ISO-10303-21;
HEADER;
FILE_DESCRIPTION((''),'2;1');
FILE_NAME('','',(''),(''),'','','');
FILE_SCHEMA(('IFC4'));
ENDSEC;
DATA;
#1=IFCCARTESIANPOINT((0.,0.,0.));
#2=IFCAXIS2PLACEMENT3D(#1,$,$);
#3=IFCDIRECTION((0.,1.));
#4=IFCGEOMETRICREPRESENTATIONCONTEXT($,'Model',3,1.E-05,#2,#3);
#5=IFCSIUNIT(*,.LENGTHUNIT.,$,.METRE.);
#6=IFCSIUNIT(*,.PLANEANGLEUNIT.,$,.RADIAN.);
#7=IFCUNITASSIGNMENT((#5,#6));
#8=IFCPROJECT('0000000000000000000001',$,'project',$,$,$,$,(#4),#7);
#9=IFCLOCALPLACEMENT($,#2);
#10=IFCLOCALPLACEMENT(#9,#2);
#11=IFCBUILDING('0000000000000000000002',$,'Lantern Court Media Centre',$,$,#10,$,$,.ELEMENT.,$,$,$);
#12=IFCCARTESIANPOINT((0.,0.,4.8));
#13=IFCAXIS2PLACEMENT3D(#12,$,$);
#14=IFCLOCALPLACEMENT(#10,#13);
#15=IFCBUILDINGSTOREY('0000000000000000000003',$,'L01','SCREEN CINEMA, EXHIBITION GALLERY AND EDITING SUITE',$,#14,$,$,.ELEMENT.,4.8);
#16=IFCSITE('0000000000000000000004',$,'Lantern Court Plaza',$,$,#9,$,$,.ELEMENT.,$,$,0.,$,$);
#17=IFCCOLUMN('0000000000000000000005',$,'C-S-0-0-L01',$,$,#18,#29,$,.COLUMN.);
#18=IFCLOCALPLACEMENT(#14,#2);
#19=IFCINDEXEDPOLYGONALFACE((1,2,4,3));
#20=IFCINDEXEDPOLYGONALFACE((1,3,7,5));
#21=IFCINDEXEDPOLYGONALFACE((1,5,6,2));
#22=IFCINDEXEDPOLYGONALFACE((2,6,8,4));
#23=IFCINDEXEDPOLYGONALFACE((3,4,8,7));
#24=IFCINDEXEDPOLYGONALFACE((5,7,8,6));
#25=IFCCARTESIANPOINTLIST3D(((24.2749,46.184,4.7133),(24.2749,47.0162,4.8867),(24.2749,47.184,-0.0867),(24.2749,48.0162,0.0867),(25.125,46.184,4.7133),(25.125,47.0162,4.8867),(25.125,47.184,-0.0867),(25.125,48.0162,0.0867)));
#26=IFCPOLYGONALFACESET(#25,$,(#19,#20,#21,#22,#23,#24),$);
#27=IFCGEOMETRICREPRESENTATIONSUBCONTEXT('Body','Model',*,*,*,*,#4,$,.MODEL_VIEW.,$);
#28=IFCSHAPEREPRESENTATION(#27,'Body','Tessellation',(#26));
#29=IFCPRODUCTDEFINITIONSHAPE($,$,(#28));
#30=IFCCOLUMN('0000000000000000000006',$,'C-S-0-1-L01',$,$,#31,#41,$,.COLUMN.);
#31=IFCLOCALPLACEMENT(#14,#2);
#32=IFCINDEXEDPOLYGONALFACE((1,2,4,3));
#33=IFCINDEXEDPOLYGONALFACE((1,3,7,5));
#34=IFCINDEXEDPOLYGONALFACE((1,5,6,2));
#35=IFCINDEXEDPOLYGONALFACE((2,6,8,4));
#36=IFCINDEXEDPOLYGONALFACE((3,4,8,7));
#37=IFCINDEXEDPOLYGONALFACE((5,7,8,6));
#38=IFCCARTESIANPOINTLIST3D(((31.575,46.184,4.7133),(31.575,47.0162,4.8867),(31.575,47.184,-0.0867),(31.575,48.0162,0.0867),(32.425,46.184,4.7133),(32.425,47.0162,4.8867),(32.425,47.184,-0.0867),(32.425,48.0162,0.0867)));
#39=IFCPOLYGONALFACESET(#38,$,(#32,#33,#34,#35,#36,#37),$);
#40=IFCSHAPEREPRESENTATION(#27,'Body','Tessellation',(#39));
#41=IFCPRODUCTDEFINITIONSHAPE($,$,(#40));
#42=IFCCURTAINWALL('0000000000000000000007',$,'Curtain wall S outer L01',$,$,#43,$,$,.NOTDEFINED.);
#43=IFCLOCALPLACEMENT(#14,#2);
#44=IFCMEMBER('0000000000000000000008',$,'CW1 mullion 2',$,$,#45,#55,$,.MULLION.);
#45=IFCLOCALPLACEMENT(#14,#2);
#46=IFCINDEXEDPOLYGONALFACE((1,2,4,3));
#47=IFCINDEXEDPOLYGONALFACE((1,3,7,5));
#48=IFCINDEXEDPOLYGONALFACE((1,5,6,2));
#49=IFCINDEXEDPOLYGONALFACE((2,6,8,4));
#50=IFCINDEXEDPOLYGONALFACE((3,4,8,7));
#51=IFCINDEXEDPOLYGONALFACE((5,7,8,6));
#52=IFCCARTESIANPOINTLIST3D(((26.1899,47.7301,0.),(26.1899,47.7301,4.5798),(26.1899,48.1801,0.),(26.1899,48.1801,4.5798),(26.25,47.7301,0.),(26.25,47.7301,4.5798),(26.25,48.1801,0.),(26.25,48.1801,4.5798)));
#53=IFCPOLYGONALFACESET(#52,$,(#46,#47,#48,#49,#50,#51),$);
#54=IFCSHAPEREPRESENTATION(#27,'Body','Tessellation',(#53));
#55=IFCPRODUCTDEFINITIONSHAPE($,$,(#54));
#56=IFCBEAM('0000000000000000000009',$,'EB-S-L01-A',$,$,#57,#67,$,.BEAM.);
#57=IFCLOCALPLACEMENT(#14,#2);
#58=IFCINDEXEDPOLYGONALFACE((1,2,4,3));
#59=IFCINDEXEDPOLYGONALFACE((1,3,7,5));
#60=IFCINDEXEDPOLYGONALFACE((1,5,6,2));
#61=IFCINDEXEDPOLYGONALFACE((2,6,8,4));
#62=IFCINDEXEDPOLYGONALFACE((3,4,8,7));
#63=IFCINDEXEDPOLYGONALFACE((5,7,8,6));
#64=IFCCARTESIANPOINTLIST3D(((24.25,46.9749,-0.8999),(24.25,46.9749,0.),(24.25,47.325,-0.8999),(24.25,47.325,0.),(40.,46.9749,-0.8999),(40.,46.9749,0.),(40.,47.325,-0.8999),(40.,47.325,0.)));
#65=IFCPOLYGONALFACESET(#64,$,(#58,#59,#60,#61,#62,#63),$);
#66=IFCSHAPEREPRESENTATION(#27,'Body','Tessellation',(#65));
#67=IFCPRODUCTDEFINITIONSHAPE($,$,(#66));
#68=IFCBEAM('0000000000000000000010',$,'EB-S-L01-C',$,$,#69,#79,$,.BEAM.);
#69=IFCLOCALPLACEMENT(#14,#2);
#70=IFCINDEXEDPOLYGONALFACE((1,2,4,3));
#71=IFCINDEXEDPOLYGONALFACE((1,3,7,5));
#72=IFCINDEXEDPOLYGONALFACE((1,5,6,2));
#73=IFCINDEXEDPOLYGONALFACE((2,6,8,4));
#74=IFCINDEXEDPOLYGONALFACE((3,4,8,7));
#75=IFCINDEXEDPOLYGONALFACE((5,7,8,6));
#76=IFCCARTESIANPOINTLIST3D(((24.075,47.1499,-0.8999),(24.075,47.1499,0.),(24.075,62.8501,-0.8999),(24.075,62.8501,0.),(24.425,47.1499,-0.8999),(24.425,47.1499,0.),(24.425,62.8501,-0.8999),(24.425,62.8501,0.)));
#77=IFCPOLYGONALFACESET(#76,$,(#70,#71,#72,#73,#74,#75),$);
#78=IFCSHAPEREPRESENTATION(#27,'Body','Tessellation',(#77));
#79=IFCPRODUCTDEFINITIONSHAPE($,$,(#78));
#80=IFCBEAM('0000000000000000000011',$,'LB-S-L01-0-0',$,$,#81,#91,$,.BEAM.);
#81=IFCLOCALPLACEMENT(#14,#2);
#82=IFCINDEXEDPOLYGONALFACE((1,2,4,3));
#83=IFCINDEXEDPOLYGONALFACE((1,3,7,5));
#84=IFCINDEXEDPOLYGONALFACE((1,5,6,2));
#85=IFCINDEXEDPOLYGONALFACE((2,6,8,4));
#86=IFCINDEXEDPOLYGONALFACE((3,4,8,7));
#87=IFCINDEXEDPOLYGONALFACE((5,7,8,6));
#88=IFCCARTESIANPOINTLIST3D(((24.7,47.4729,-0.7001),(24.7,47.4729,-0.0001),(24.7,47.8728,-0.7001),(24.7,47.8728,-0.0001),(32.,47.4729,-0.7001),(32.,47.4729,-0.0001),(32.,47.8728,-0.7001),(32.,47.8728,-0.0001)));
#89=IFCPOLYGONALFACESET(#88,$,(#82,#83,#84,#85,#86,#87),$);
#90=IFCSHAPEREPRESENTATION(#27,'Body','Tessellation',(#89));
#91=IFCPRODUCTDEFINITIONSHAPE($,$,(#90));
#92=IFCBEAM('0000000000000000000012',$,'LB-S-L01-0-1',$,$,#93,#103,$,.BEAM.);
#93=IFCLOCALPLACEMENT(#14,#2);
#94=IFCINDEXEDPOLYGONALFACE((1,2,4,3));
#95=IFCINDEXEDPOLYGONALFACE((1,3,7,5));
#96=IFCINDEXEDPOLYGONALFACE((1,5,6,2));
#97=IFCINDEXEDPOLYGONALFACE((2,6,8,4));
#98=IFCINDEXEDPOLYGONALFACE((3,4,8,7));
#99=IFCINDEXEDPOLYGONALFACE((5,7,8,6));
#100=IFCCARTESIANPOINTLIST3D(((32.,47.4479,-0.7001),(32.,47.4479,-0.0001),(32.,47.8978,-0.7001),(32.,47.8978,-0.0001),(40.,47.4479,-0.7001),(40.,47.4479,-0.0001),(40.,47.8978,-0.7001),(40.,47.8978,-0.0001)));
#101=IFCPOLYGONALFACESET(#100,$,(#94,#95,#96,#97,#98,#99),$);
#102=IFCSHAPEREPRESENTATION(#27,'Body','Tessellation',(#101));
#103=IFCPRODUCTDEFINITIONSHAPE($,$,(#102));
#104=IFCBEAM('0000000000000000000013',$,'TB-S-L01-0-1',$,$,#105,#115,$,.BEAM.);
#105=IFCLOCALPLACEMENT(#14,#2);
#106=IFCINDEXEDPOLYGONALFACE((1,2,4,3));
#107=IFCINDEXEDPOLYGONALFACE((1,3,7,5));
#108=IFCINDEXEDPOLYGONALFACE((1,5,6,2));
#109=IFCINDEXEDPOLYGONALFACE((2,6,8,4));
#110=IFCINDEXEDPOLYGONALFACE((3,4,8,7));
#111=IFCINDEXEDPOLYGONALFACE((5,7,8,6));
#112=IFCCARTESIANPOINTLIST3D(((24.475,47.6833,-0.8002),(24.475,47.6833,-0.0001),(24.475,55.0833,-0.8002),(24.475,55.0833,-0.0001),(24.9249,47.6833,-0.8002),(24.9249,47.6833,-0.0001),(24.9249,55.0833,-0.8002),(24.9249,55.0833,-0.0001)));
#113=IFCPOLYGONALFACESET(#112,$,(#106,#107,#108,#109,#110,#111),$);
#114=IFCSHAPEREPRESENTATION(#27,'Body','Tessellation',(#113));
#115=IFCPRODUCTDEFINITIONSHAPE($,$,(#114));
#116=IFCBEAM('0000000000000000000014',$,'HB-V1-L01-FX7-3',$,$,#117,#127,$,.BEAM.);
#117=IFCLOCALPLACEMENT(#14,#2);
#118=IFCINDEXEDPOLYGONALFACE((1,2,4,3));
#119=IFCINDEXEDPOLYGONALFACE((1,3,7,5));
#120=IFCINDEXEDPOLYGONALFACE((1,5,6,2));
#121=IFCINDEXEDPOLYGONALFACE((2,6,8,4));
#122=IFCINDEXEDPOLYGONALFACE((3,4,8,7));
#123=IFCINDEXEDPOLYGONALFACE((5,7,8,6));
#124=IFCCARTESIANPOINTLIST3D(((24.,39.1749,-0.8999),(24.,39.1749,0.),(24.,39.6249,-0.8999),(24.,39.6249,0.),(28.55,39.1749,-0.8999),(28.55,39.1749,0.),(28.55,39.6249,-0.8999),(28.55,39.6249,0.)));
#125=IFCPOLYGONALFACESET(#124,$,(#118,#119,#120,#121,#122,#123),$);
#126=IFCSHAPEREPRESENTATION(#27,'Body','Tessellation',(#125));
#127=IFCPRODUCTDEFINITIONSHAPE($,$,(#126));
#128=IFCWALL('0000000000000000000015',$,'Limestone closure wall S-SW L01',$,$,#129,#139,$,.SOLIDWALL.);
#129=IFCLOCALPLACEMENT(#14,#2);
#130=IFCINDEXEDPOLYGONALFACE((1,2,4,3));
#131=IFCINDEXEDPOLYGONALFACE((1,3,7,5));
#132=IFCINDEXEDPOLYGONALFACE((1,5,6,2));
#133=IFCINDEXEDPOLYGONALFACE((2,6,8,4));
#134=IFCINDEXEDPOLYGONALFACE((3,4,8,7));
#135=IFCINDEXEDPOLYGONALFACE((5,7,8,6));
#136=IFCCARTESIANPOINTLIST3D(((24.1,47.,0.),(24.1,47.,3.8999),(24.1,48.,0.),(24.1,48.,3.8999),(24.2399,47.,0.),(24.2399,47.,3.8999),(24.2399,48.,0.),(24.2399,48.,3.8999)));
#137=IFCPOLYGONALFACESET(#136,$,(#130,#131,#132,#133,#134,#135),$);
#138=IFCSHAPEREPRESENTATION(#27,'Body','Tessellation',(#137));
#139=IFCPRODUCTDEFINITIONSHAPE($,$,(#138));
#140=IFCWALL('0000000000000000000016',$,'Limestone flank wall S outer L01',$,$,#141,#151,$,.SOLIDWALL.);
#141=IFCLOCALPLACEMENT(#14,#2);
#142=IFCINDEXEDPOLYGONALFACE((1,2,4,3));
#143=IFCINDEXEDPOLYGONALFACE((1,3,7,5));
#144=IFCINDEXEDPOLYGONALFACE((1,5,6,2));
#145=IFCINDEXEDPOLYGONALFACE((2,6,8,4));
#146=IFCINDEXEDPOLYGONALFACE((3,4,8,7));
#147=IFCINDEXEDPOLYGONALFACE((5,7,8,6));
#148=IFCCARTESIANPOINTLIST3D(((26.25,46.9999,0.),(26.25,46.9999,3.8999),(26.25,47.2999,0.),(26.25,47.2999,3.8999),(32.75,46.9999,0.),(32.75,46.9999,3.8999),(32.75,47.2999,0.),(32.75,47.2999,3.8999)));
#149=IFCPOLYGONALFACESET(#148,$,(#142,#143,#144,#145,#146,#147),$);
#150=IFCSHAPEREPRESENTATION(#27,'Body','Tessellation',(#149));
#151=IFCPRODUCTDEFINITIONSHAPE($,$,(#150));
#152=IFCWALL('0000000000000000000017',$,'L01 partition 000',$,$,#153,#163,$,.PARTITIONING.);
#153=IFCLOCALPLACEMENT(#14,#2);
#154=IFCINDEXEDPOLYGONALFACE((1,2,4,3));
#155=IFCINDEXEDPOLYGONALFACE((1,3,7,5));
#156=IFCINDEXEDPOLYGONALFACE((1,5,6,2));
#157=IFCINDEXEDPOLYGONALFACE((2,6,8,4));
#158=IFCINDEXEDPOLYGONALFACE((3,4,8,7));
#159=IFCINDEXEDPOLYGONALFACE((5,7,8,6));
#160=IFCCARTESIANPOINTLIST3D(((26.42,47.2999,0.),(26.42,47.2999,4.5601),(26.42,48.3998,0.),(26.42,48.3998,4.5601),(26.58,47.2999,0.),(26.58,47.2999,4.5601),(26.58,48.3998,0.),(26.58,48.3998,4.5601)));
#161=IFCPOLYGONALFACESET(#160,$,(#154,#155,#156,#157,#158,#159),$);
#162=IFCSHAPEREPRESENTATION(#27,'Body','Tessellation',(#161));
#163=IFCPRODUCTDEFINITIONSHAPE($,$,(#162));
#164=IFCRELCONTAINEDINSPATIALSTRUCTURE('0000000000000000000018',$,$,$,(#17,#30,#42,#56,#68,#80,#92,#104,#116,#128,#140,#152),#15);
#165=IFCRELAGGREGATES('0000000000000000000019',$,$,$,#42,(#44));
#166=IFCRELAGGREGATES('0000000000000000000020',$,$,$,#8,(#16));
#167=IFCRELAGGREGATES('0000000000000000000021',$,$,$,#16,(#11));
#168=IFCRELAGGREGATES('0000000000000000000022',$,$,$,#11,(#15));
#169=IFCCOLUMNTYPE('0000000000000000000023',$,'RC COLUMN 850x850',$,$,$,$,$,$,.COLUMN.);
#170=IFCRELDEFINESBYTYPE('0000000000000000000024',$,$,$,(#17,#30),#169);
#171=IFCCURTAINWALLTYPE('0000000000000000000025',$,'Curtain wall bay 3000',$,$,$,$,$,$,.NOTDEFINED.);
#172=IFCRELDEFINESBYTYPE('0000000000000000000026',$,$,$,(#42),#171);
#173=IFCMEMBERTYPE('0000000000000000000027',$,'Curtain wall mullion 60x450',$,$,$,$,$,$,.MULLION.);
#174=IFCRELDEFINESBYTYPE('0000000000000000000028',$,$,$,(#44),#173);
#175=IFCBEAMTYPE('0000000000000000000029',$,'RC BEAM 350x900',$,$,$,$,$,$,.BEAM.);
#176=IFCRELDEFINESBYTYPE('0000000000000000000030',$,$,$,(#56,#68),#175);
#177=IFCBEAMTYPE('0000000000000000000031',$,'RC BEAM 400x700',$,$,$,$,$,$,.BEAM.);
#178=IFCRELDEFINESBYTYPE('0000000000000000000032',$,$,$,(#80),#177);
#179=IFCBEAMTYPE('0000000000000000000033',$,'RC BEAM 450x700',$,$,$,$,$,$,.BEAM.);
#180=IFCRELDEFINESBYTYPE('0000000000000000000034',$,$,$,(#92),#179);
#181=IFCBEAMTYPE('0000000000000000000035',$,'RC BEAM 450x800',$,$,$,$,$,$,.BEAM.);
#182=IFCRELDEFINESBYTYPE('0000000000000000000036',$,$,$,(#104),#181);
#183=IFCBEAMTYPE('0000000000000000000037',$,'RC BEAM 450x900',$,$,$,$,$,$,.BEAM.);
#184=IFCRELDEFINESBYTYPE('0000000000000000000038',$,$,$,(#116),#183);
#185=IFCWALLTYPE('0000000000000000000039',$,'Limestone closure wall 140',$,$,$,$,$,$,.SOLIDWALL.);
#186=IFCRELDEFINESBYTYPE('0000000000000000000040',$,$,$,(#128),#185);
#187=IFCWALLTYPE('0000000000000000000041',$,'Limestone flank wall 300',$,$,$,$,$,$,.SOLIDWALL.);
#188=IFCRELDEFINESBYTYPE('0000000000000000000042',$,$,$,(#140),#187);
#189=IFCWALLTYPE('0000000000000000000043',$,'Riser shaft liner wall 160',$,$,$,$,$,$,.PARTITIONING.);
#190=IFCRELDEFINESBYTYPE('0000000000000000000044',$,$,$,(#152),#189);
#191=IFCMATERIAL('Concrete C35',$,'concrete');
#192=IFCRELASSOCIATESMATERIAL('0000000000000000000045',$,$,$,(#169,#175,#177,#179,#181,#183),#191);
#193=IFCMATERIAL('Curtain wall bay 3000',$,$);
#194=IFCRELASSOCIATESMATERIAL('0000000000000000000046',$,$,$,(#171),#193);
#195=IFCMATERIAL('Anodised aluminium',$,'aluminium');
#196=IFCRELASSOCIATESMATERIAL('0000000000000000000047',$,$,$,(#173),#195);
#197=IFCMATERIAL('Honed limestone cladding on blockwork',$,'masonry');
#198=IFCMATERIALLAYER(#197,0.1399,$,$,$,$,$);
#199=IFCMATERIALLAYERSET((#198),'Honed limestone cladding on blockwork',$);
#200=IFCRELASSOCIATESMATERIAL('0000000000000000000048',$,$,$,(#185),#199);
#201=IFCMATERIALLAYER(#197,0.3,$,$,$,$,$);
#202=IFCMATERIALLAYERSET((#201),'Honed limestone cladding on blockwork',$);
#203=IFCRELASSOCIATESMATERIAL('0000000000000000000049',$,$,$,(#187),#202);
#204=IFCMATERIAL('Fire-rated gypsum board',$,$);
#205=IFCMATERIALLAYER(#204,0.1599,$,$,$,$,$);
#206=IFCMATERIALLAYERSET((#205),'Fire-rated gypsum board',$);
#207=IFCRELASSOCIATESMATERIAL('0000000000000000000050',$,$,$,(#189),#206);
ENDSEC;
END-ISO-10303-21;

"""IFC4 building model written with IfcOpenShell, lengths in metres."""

from ifc_helpers import new_model, si_unit, direction, frame, frame_2d, origin, origin_2d, place, context, subcontext, project, spatial, rectangle, extrude, material, layer, layer_set, material_profile, profile_set, type_object, element, aggregate, save


model = new_model("IFC4")

# Units and contexts
model_context = context("Model", 3, precision=1e-05, world=origin(), true_north=direction((0.0, 1.0)))
body_context = subcontext(model_context, "Body", "Model", "MODEL_VIEW")
ifc_project = project(units=[si_unit("LENGTHUNIT", "METRE"), si_unit("PLANEANGLEUNIT", "RADIAN")], contexts=[model_context])

# Site, building, storey
site_placement = place(None, origin())
site = spatial("IfcSite", under=ifc_project, at=site_placement, Name="Lantern Court Plaza", CompositionType="ELEMENT", RefElevation=0.0)
building_placement = place(site_placement, origin())
building = spatial("IfcBuilding", under=site, at=building_placement, Name="Lantern Court Media Centre", CompositionType="ELEMENT")
storey_placement = place(building_placement, frame((0.0, 0.0, 4.8)))
storey = spatial("IfcBuildingStorey", under=building, at=storey_placement, Name="L01", Description="SCREEN CINEMA, EXHIBITION GALLERY AND EDITING SUITE", CompositionType="ELEMENT", Elevation=4.8)

# Columns
ifc_material_1 = material(Name="Concrete C35", Category="concrete")
ifc_material_profile_1 = material_profile(ifc_material_1, rectangle(XDim=0.8501, YDim=0.8501, at=origin_2d()), Name="RC 850x850")
ifc_profile_set_1 = profile_set([ifc_material_profile_1], Name="Concrete C35")
column_type = type_object("IfcColumnType", Name="RC COLUMN 850x850", PredefinedType="COLUMN", material=ifc_profile_set_1)
for number, where, z_axis, x_axis, name in (
    (1, (24.7, 47.6001, 0.0), (0.0, -0.203952, 0.978981), (1.0, 0.0, 0.0), "C-S-0-0-L01"),
    (2, (32.0, 47.6001, 0.0), (0.0, -0.203952, 0.978981), (1.0, 0.0, 0.0), "C-S-0-1-L01"),
):
    element("IfcColumn", number, at=place(storey_placement, frame(where, z_axis=z_axis, x_axis=x_axis)), inside=storey, type_object=column_type, Name=name, PredefinedType="COLUMN", context=body_context, shape_type="SweptSolid", body=[
        extrude(rectangle(XDim=0.8501, YDim=0.8501, at=origin_2d()), origin(), (0.0, 0.0, 1.0), 4.9031),
    ])

# Curtain wall, member
ifc_material_2 = material(Name="Curtain wall bay 3000")
curtain_wall_type = type_object("IfcCurtainWallType", Name="Curtain wall bay 3000", PredefinedType="NOTDEFINED", material=ifc_material_2)
curtain_wall_placement = place(storey_placement, origin())
curtain_wall = element("IfcCurtainWall", 3, at=curtain_wall_placement, inside=storey, type_object=curtain_wall_type, Name="Curtain wall S outer L01", PredefinedType="NOTDEFINED")
ifc_material_3 = material(Name="Anodised aluminium", Category="aluminium")
ifc_material_profile_2 = material_profile(ifc_material_3, rectangle(XDim=0.45, YDim=0.0601, at=origin_2d()), Name="AL 60x450")
ifc_profile_set_2 = profile_set([ifc_material_profile_2], Name="Anodised aluminium")
member_type = type_object("IfcMemberType", Name="Curtain wall mullion 60x450", PredefinedType="MULLION", material=ifc_profile_set_2)
member_placement = place(storey_placement, frame((26.22, 47.9551, 0.0), z_axis=(0.0, 0.0, 1.0), x_axis=(0.0, 1.0, 0.0)))
member = element("IfcMember", 4, at=member_placement, type_object=member_type, Name="CW1 mullion 2", PredefinedType="MULLION", context=body_context, shape_type="SweptSolid", body=[
    extrude(rectangle(XDim=0.45, YDim=0.0601, at=origin_2d()), origin(), (0.0, 0.0, 1.0), 4.5798),
])
aggregate(curtain_wall, [member])

# Beams
ifc_material_profile_3 = material_profile(ifc_material_1, rectangle(XDim=0.3501, YDim=0.8999, at=origin_2d()), Name="RC 350x900")
ifc_profile_set_3 = profile_set([ifc_material_profile_3], Name="Concrete C35")
beam_type_1 = type_object("IfcBeamType", Name="RC BEAM 350x900", PredefinedType="BEAM", material=ifc_profile_set_3)
beam_1_placement = place(storey_placement, frame((24.25, 47.1499, -0.45), z_axis=(1.0, 0.0, 0.0), x_axis=(0.0, 1.0, 0.0)))
element("IfcBeam", 5, at=beam_1_placement, inside=storey, type_object=beam_type_1, Name="EB-S-L01-A", PredefinedType="BEAM", context=body_context, shape_type="SweptSolid", body=[
    extrude(rectangle(XDim=0.3501, YDim=0.8999, at=origin_2d()), origin(), (0.0, 0.0, 1.0), 15.75),
])
beam_2_placement = place(storey_placement, frame((24.25, 47.1499, -0.45), z_axis=(0.0, 1.0, 0.0), x_axis=(-1.0, 0.0, 0.0)))
element("IfcBeam", 6, at=beam_2_placement, inside=storey, type_object=beam_type_1, Name="EB-S-L01-C", PredefinedType="BEAM", context=body_context, shape_type="SweptSolid", body=[
    extrude(rectangle(XDim=0.3501, YDim=0.8999, at=origin_2d()), origin(), (0.0, 0.0, 1.0), 15.7002),
])
ifc_material_profile_4 = material_profile(ifc_material_1, rectangle(XDim=0.3999, YDim=0.7, at=origin_2d()), Name="RC 400x700")
ifc_profile_set_4 = profile_set([ifc_material_profile_4], Name="Concrete C35")
beam_type_2 = type_object("IfcBeamType", Name="RC BEAM 400x700", PredefinedType="BEAM", material=ifc_profile_set_4)
beam_3_placement = place(storey_placement, frame((24.7, 47.6729, -0.3501), z_axis=(1.0, 0.0, 0.0), x_axis=(0.0, 1.0, 0.0)))
element("IfcBeam", 7, at=beam_3_placement, inside=storey, type_object=beam_type_2, Name="LB-S-L01-0-0", PredefinedType="BEAM", context=body_context, shape_type="SweptSolid", body=[
    extrude(rectangle(XDim=0.3999, YDim=0.7, at=origin_2d()), origin(), (0.0, 0.0, 1.0), 7.3),
])
ifc_material_profile_5 = material_profile(ifc_material_1, rectangle(XDim=0.45, YDim=0.7, at=origin_2d()), Name="RC 450x700")
ifc_profile_set_5 = profile_set([ifc_material_profile_5], Name="Concrete C35")
beam_type_3 = type_object("IfcBeamType", Name="RC BEAM 450x700", PredefinedType="BEAM", material=ifc_profile_set_5)
beam_4_placement = place(storey_placement, frame((32.0, 47.6729, -0.3501), z_axis=(1.0, 0.0, 0.0), x_axis=(0.0, 1.0, 0.0)))
element("IfcBeam", 8, at=beam_4_placement, inside=storey, type_object=beam_type_3, Name="LB-S-L01-0-1", PredefinedType="BEAM", context=body_context, shape_type="SweptSolid", body=[
    extrude(rectangle(XDim=0.45, YDim=0.7, at=origin_2d()), origin(), (0.0, 0.0, 1.0), 8.0),
])
ifc_material_profile_6 = material_profile(ifc_material_1, rectangle(XDim=0.45, YDim=0.8, at=origin_2d()), Name="RC 450x800")
ifc_profile_set_6 = profile_set([ifc_material_profile_6], Name="Concrete C35")
beam_type_4 = type_object("IfcBeamType", Name="RC BEAM 450x800", PredefinedType="BEAM", material=ifc_profile_set_6)
beam_5_placement = place(storey_placement, frame((24.7, 47.6833, -0.4001), z_axis=(0.0, 1.0, 0.0), x_axis=(-1.0, 0.0, 0.0)))
element("IfcBeam", 9, at=beam_5_placement, inside=storey, type_object=beam_type_4, Name="TB-S-L01-0-1", PredefinedType="BEAM", context=body_context, shape_type="SweptSolid", body=[
    extrude(rectangle(XDim=0.45, YDim=0.8, at=origin_2d()), origin(), (0.0, 0.0, 1.0), 7.3999),
])
ifc_material_profile_7 = material_profile(ifc_material_1, rectangle(XDim=0.45, YDim=0.8999, at=origin_2d()), Name="RC 450x900")
ifc_profile_set_7 = profile_set([ifc_material_profile_7], Name="Concrete C35")
beam_type_5 = type_object("IfcBeamType", Name="RC BEAM 450x900", PredefinedType="BEAM", material=ifc_profile_set_7)
beam_6_placement = place(storey_placement, frame((24.0, 39.3999, -0.45), z_axis=(1.0, 0.0, 0.0), x_axis=(0.0, 1.0, 0.0)))
element("IfcBeam", 10, at=beam_6_placement, inside=storey, type_object=beam_type_5, Name="HB-V1-L01-FX7-3", PredefinedType="BEAM", context=body_context, shape_type="SweptSolid", body=[
    extrude(rectangle(XDim=0.45, YDim=0.8999, at=origin_2d()), origin(), (0.0, 0.0, 1.0), 4.55),
])

# Walls
ifc_material_4 = material(Name="Honed limestone cladding on blockwork", Category="masonry")
ifc_layer_1 = layer(ifc_material_4, 0.1399)
ifc_layer_set_1 = layer_set([ifc_layer_1], Name="Honed limestone cladding on blockwork")
wall_type_1 = type_object("IfcWallType", Name="Limestone closure wall 140", PredefinedType="SOLIDWALL", material=ifc_layer_set_1)
wall_1_placement = place(storey_placement, frame((24.1699, 47.0, 0.0), z_axis=(0.0, 0.0, 1.0), x_axis=(0.0, 1.0, 0.0)))
element("IfcWall", 11, at=wall_1_placement, inside=storey, type_object=wall_type_1, Name="Limestone closure wall S-SW L01", PredefinedType="SOLIDWALL", context=body_context, shape_type="SweptSolid", body=[
    extrude(rectangle(XDim=1.0, YDim=0.1399, at=frame_2d((0.5, 0.0))), origin(), (0.0, 0.0, 1.0), 3.8999),
])
ifc_layer_2 = layer(ifc_material_4, 0.3)
ifc_layer_set_2 = layer_set([ifc_layer_2], Name="Honed limestone cladding on blockwork")
wall_type_2 = type_object("IfcWallType", Name="Limestone flank wall 300", PredefinedType="SOLIDWALL", material=ifc_layer_set_2)
wall_2_placement = place(storey_placement, frame((26.25, 47.1499, 0.0), z_axis=(0.0, 0.0, 1.0), x_axis=(1.0, 0.0, 0.0)))
element("IfcWall", 12, at=wall_2_placement, inside=storey, type_object=wall_type_2, Name="Limestone flank wall S outer L01", PredefinedType="SOLIDWALL", context=body_context, shape_type="SweptSolid", body=[
    extrude(rectangle(XDim=6.5, YDim=0.3, at=frame_2d((3.25, 0.0))), origin(), (0.0, 0.0, 1.0), 3.8999),
])
ifc_material_5 = material(Name="Fire-rated gypsum board")
ifc_layer_3 = layer(ifc_material_5, 0.1599)
ifc_layer_set_3 = layer_set([ifc_layer_3], Name="Fire-rated gypsum board")
wall_type_3 = type_object("IfcWallType", Name="Riser shaft liner wall 160", PredefinedType="PARTITIONING", material=ifc_layer_set_3)
wall_3_placement = place(storey_placement, frame((26.5, 47.3, 0.0), z_axis=(0.0, 0.0, 1.0), x_axis=(0.0, 1.0, 0.0)))
element("IfcWall", 13, at=wall_3_placement, inside=storey, type_object=wall_type_3, Name="L01 partition 000", PredefinedType="PARTITIONING", context=body_context, shape_type="SweptSolid", body=[
    extrude(rectangle(XDim=1.0999, YDim=0.1599, at=frame_2d((0.5498, 0.0))), origin(), (0.0, 0.0, 1.0), 4.5601),
])

save(model, "model.ifc")
